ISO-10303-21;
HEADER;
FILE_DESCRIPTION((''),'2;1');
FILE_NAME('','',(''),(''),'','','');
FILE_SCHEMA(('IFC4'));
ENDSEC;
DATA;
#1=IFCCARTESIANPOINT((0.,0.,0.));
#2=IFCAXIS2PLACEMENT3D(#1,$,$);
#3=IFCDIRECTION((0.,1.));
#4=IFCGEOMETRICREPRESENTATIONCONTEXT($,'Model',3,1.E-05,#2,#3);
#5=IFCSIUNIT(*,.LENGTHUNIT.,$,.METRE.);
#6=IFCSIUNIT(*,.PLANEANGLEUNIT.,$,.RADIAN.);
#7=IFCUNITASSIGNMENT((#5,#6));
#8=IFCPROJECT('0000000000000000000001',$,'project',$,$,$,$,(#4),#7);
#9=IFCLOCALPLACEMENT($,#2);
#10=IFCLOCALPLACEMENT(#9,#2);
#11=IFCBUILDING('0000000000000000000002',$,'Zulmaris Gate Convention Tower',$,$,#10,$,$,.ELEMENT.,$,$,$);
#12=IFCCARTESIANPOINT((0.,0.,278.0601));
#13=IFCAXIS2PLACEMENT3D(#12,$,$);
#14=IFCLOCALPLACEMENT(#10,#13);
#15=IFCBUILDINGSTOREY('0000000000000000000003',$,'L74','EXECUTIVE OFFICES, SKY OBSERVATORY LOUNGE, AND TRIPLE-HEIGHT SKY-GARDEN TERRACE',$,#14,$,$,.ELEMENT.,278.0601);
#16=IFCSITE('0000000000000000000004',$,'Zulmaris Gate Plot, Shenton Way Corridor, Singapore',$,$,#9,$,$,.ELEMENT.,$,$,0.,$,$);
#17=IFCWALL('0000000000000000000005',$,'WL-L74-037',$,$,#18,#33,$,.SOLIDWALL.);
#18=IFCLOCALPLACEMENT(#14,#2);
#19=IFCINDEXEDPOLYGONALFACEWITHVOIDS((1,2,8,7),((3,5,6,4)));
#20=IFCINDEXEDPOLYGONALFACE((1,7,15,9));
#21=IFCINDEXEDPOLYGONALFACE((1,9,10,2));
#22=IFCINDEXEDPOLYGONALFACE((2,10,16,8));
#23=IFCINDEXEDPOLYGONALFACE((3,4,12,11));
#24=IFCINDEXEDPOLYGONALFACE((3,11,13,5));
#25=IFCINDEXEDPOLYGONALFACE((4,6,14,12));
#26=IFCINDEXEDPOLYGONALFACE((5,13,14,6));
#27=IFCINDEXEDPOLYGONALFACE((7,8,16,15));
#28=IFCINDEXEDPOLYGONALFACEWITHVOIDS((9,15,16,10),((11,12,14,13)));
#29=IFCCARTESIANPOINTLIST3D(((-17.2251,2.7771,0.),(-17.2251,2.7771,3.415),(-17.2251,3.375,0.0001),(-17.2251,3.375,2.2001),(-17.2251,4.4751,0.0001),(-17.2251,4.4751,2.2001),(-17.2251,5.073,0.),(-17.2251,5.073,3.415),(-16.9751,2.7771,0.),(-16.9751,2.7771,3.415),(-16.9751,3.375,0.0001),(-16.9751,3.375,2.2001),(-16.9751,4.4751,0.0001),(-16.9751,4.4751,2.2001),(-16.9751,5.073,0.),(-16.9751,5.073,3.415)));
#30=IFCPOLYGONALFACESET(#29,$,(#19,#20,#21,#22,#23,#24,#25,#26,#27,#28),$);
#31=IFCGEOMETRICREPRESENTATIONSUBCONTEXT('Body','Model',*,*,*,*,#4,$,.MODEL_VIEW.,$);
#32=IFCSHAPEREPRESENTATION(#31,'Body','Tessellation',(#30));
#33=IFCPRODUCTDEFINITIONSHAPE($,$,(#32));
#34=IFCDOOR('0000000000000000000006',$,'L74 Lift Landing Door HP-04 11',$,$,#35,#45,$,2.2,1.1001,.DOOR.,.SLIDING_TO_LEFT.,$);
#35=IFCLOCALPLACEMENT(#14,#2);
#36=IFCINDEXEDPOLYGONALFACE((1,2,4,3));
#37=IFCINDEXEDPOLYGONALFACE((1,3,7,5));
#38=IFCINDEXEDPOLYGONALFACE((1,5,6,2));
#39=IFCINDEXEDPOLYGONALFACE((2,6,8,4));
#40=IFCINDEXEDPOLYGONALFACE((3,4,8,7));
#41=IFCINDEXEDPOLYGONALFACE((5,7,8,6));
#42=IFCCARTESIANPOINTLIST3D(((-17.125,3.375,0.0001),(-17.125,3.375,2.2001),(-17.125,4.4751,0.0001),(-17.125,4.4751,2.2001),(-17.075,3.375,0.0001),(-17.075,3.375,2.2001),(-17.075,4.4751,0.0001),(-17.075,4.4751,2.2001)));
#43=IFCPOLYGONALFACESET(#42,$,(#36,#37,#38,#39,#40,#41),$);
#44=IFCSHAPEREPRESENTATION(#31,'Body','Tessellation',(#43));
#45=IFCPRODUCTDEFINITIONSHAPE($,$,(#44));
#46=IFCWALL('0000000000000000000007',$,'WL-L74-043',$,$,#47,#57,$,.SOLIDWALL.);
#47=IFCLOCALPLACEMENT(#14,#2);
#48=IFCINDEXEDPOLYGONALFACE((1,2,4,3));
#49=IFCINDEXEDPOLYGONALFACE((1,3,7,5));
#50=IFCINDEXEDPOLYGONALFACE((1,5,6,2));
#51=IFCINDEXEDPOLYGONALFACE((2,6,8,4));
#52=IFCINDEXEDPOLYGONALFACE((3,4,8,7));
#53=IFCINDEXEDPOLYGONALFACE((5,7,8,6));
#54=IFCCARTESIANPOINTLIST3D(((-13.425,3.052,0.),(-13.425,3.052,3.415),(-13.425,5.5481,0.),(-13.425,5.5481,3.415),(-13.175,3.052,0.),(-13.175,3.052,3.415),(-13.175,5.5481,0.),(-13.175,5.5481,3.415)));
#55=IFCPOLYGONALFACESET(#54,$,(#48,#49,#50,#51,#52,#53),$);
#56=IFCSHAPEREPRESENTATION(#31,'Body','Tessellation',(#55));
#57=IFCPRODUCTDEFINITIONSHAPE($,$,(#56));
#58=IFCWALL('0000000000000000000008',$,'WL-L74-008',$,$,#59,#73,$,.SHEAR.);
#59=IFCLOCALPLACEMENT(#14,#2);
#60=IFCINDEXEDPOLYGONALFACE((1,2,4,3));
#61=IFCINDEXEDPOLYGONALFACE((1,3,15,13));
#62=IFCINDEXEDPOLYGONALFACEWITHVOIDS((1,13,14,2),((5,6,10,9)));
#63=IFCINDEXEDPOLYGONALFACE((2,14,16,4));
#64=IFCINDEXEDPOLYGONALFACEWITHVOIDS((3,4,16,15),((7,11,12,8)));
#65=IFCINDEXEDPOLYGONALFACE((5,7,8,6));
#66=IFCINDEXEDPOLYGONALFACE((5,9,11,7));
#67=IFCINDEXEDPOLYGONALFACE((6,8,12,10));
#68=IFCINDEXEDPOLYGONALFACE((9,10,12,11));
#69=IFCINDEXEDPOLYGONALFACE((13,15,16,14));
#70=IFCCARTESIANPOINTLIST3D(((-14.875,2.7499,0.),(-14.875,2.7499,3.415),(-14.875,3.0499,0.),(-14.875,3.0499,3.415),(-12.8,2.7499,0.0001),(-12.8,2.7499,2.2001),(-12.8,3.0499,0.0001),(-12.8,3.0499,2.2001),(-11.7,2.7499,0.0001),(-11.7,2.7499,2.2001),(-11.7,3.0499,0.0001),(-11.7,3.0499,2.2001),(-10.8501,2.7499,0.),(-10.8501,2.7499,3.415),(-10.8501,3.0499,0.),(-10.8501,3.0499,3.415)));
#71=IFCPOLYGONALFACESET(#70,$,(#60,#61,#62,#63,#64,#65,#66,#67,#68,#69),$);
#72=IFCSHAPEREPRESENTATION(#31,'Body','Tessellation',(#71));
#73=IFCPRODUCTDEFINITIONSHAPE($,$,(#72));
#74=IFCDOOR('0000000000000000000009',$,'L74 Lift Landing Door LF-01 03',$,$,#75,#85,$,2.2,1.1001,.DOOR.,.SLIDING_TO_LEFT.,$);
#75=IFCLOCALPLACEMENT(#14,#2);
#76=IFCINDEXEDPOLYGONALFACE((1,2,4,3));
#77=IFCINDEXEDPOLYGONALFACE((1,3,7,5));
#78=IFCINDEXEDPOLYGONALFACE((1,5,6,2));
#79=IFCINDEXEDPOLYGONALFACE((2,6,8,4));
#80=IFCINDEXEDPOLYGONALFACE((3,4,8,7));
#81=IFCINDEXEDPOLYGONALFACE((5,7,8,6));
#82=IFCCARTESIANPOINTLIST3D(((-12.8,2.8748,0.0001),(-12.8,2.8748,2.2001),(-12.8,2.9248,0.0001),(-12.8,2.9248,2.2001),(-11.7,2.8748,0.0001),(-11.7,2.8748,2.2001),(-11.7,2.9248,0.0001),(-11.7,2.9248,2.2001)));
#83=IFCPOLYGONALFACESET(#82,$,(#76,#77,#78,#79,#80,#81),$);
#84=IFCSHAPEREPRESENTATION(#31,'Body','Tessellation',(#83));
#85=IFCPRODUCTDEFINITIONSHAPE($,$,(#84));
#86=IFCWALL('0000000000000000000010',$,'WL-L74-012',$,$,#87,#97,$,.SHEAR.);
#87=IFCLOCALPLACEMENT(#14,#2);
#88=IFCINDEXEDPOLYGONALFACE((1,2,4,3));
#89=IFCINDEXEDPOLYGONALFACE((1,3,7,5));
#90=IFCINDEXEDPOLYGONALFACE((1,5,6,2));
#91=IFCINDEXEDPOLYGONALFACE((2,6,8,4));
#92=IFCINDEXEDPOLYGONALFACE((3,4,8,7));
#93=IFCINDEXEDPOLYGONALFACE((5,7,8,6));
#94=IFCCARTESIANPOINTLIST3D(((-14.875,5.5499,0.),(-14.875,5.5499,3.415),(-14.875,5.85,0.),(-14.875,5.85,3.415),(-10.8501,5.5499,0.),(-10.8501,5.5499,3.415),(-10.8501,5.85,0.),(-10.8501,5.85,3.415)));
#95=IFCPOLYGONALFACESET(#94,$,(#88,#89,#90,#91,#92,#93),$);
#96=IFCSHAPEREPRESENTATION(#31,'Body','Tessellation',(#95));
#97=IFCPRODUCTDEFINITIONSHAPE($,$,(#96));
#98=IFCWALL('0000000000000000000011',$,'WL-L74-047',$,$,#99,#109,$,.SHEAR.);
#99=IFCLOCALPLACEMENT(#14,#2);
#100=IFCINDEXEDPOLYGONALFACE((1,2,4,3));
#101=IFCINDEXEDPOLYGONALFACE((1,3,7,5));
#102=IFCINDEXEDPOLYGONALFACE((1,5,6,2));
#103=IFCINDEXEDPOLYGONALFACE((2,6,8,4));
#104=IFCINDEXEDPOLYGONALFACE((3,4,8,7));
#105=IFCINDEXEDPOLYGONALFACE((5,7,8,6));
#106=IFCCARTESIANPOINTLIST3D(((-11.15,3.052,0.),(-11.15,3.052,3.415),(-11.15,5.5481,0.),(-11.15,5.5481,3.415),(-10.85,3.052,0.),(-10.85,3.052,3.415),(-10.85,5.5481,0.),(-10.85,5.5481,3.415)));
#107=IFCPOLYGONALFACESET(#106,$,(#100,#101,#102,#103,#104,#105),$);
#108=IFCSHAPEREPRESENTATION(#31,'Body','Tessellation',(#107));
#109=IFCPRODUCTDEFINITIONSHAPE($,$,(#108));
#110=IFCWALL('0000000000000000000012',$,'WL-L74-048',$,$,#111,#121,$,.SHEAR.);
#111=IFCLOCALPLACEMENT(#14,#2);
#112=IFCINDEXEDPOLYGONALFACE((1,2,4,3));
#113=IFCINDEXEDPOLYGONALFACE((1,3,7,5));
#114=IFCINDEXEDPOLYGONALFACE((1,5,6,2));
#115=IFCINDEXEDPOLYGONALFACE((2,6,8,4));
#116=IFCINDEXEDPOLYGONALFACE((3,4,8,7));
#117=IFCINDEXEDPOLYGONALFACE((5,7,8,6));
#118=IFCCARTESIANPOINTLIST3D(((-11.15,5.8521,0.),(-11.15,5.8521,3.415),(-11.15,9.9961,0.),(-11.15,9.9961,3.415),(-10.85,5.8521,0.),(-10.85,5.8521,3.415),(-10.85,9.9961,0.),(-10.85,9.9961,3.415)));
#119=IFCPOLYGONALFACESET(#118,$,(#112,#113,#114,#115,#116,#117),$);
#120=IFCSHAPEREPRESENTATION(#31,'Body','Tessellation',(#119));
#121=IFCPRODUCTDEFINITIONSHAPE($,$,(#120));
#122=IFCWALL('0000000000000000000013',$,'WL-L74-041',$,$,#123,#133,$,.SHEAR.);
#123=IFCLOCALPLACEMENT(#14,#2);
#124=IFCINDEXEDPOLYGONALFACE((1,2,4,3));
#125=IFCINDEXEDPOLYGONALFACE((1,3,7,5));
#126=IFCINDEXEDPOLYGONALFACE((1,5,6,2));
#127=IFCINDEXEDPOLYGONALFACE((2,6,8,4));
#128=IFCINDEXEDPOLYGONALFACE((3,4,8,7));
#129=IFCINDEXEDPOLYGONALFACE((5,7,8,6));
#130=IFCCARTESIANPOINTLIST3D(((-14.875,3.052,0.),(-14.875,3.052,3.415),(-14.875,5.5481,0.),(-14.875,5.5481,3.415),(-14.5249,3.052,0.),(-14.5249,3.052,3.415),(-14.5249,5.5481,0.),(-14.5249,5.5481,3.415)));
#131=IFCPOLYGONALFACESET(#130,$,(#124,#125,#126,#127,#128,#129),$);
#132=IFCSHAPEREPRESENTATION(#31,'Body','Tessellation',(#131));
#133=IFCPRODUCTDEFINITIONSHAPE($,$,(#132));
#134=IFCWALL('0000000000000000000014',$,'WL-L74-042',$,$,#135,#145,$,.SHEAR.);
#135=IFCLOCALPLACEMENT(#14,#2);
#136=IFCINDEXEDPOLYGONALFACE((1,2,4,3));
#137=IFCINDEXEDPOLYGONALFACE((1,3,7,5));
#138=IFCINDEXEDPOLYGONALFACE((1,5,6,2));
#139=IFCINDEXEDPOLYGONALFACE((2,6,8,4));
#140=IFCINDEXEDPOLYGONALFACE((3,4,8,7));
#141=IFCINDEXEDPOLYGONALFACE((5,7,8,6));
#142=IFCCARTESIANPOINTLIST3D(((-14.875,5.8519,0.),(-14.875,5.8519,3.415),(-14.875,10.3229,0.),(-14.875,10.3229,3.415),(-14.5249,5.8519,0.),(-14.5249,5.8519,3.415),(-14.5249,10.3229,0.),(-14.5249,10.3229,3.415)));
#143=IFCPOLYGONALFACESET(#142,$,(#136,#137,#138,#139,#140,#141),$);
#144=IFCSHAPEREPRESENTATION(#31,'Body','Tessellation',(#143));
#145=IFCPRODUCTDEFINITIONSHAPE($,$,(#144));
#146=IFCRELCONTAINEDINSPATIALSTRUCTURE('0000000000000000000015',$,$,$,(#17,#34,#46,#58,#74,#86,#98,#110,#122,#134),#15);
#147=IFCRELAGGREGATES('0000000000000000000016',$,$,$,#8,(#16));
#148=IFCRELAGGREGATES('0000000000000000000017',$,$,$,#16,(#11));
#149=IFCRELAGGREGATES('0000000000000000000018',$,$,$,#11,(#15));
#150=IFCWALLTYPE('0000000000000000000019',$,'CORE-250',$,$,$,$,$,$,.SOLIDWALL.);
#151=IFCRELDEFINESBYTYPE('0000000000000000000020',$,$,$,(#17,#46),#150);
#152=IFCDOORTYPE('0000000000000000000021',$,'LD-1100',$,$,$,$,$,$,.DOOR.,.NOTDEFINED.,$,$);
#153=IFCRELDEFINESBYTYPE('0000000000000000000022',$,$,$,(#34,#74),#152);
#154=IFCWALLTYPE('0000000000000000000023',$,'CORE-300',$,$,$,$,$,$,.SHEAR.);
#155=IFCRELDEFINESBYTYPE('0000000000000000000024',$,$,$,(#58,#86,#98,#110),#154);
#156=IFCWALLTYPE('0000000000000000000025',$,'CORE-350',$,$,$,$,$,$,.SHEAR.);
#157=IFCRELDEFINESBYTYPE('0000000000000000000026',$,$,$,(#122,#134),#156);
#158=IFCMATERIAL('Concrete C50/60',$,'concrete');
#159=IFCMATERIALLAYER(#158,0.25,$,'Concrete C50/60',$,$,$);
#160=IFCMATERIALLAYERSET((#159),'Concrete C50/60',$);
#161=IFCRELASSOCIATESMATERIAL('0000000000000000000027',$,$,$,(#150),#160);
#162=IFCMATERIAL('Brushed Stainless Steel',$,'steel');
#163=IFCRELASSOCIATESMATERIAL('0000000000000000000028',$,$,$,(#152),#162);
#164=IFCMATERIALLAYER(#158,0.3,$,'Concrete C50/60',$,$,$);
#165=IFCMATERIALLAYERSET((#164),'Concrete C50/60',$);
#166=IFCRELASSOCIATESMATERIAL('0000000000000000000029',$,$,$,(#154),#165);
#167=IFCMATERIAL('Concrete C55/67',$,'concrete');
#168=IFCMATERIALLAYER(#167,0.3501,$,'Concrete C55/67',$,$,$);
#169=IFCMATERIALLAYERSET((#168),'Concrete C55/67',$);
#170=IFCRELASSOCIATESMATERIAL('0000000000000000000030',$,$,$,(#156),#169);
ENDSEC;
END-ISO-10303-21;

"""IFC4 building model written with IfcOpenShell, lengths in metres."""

from ifc_helpers import new_model, si_unit, direction, frame, frame_2d, origin, place, context, subcontext, project, spatial, rectangle, extrude, material, layer, layer_set, type_object, element, fill, save


model = new_model("IFC4")

# Units and contexts
model_context = context("Model", 3, precision=1e-05, world=origin(), true_north=direction((0.0, 1.0)))
body_context = subcontext(model_context, "Body", "Model", "MODEL_VIEW")
ifc_project = project(units=[si_unit("LENGTHUNIT", "METRE"), si_unit("PLANEANGLEUNIT", "RADIAN")], contexts=[model_context])

# Site, building, storey
site_placement = place(None, origin())
site = spatial("IfcSite", under=ifc_project, at=site_placement, Name="Zulmaris Gate Plot, Shenton Way Corridor, Singapore", CompositionType="ELEMENT", RefElevation=0.0)
building_placement = place(site_placement, origin())
building = spatial("IfcBuilding", under=site, at=building_placement, Name="Zulmaris Gate Convention Tower", CompositionType="ELEMENT")
storey_placement = place(building_placement, frame((0.0, 0.0, 278.0601)))
storey = spatial("IfcBuildingStorey", under=building, at=storey_placement, Name="L74", Description="EXECUTIVE OFFICES, SKY OBSERVATORY LOUNGE, AND TRIPLE-HEIGHT SKY-GARDEN TERRACE", CompositionType="ELEMENT", Elevation=278.0601)

# Wall, opening, door
ifc_material_1 = material(Name="Concrete C50/60", Category="concrete")
ifc_layer_1 = layer(ifc_material_1, 0.25, Name="Concrete C50/60")
ifc_layer_set_1 = layer_set([ifc_layer_1], Name="Concrete C50/60")
wall_type_1 = type_object("IfcWallType", Name="CORE-250", PredefinedType="SOLIDWALL", material=ifc_layer_set_1)
wall_1_placement = place(storey_placement, frame((-17.1001, 2.7771, 0.0), z_axis=(0.0, 0.0, 1.0), x_axis=(0.0, 1.0, 0.0)))
wall_1 = element("IfcWall", 1, at=wall_1_placement, inside=storey, type_object=wall_type_1, Name="WL-L74-037", PredefinedType="SOLIDWALL", context=body_context, shape_type="SweptSolid", body=[
    extrude(rectangle(XDim=2.2959, YDim=0.25, at=frame_2d((1.1479, 0.0))), origin(), (0.0, 0.0, 1.0), 3.415),
])
opening_1_placement = place(wall_1_placement, frame((0.5979, 0.0, 0.0)))
opening_1 = element("IfcOpeningElement", 2, at=opening_1_placement, cuts=wall_1, PredefinedType="OPENING", context=body_context, shape_type="SweptSolid", body=[
    extrude(rectangle(XDim=1.1001, YDim=2.2, at=frame_2d((0.55, 1.1001))), frame((0.0, 0.135, 0.0), z_axis=(0.0, -1.0, 0.0), x_axis=(1.0, 0.0, 0.0)), (0.0, 0.0, 1.0), 0.27),
])
ifc_material_2 = material(Name="Brushed Stainless Steel", Category="steel")
door_type_1 = type_object("IfcDoorType", Name="LD-1100", OperationType="NOTDEFINED", PredefinedType="DOOR", material=ifc_material_2)
door_1_placement = place(opening_1_placement, origin())
door_1 = element("IfcDoor", 3, at=door_1_placement, inside=storey, type_object=door_type_1, Name="L74 Lift Landing Door HP-04 11", OperationType="SLIDING_TO_LEFT", OverallHeight=2.2, OverallWidth=1.1001, PredefinedType="DOOR", context=body_context, shape_type="SweptSolid", body=[
    extrude(rectangle(XDim=1.1001, YDim=2.2, at=frame_2d((0.55, 1.1001))), frame((0.0, 0.0249, 0.0), z_axis=(0.0, -1.0, 0.0), x_axis=(1.0, 0.0, 0.0)), (0.0, 0.0, 1.0), 0.05),
])
fill(opening_1, door_1)

# Wall
wall_2_placement = place(storey_placement, frame((-13.3, 3.052, 0.0), z_axis=(0.0, 0.0, 1.0), x_axis=(0.0, 1.0, 0.0)))
element("IfcWall", 4, at=wall_2_placement, inside=storey, type_object=wall_type_1, Name="WL-L74-043", PredefinedType="SOLIDWALL", context=body_context, shape_type="SweptSolid", body=[
    extrude(rectangle(XDim=2.4961, YDim=0.25, at=frame_2d((1.248, 0.0))), origin(), (0.0, 0.0, 1.0), 3.415),
])

# Wall, opening, door
ifc_layer_2 = layer(ifc_material_1, 0.3, Name="Concrete C50/60")
ifc_layer_set_2 = layer_set([ifc_layer_2], Name="Concrete C50/60")
wall_type_2 = type_object("IfcWallType", Name="CORE-300", PredefinedType="SHEAR", material=ifc_layer_set_2)
wall_3_placement = place(storey_placement, frame((-14.875, 2.8999, 0.0), z_axis=(0.0, 0.0, 1.0), x_axis=(1.0, 0.0, 0.0)))
wall_3 = element("IfcWall", 5, at=wall_3_placement, inside=storey, type_object=wall_type_2, Name="WL-L74-008", PredefinedType="SHEAR", context=body_context, shape_type="SweptSolid", body=[
    extrude(rectangle(XDim=4.0249, YDim=0.3, at=frame_2d((2.0125, 0.0))), origin(), (0.0, 0.0, 1.0), 3.415),
])
opening_2_placement = place(wall_3_placement, frame((2.075, 0.0, 0.0)))
opening_2 = element("IfcOpeningElement", 6, at=opening_2_placement, cuts=wall_3, PredefinedType="OPENING", context=body_context, shape_type="SweptSolid", body=[
    extrude(rectangle(XDim=1.1001, YDim=2.2, at=frame_2d((0.55, 1.1001))), frame((0.0, 0.1602, 0.0), z_axis=(0.0, -1.0, 0.0), x_axis=(1.0, 0.0, 0.0)), (0.0, 0.0, 1.0), 0.3201),
])
door_2_placement = place(opening_2_placement, origin())
door_2 = element("IfcDoor", 7, at=door_2_placement, inside=storey, type_object=door_type_1, Name="L74 Lift Landing Door LF-01 03", OperationType="SLIDING_TO_LEFT", OverallHeight=2.2, OverallWidth=1.1001, PredefinedType="DOOR", context=body_context, shape_type="SweptSolid", body=[
    extrude(rectangle(XDim=1.1001, YDim=2.2, at=frame_2d((0.55, 1.1001))), frame((0.0, 0.0249, 0.0), z_axis=(0.0, -1.0, 0.0), x_axis=(1.0, 0.0, 0.0)), (0.0, 0.0, 1.0), 0.05),
])
fill(opening_2, door_2)

# Wall
wall_4_placement = place(storey_placement, frame((-14.875, 5.7, 0.0), z_axis=(0.0, 0.0, 1.0), x_axis=(1.0, 0.0, 0.0)))
element("IfcWall", 8, at=wall_4_placement, inside=storey, type_object=wall_type_2, Name="WL-L74-012", PredefinedType="SHEAR", context=body_context, shape_type="SweptSolid", body=[
    extrude(rectangle(XDim=4.0249, YDim=0.3, at=frame_2d((2.0125, 0.0))), origin(), (0.0, 0.0, 1.0), 3.415),
])

# Walls
wall_5_placement = place(storey_placement, frame((-11.0, 3.052, 0.0), z_axis=(0.0, 0.0, 1.0), x_axis=(0.0, 1.0, 0.0)))
element("IfcWall", 9, at=wall_5_placement, inside=storey, type_object=wall_type_2, Name="WL-L74-047", PredefinedType="SHEAR", context=body_context, shape_type="SweptSolid", body=[
    extrude(rectangle(XDim=2.4961, YDim=0.3, at=frame_2d((1.248, 0.0))), origin(), (0.0, 0.0, 1.0), 3.415),
])
wall_6_placement = place(storey_placement, frame((-11.0, 5.8521, 0.0), z_axis=(0.0, 0.0, 1.0), x_axis=(0.0, 1.0, 0.0)))
element("IfcWall", 10, at=wall_6_placement, inside=storey, type_object=wall_type_2, Name="WL-L74-048", PredefinedType="SHEAR", context=body_context, shape_type="SweptSolid", body=[
    extrude(rectangle(XDim=4.144, YDim=0.3, at=frame_2d((2.072, 0.0))), origin(), (0.0, 0.0, 1.0), 3.415),
])
ifc_material_3 = material(Name="Concrete C55/67", Category="concrete")
ifc_layer_3 = layer(ifc_material_3, 0.3501, Name="Concrete C55/67")
ifc_layer_set_3 = layer_set([ifc_layer_3], Name="Concrete C55/67")
wall_type_3 = type_object("IfcWallType", Name="CORE-350", PredefinedType="SHEAR", material=ifc_layer_set_3)
wall_7_placement = place(storey_placement, frame((-14.7, 3.052, 0.0), z_axis=(0.0, 0.0, 1.0), x_axis=(0.0, 1.0, 0.0)))
element("IfcWall", 11, at=wall_7_placement, inside=storey, type_object=wall_type_3, Name="WL-L74-041", PredefinedType="SHEAR", context=body_context, shape_type="SweptSolid", body=[
    extrude(rectangle(XDim=2.4961, YDim=0.3501, at=frame_2d((1.248, 0.0))), origin(), (0.0, 0.0, 1.0), 3.415),
])
wall_8_placement = place(storey_placement, frame((-14.7, 5.8521, 0.0), z_axis=(0.0, 0.0, 1.0), x_axis=(0.0, 1.0, 0.0)))
element("IfcWall", 12, at=wall_8_placement, inside=storey, type_object=wall_type_3, Name="WL-L74-042", PredefinedType="SHEAR", context=body_context, shape_type="SweptSolid", body=[
    extrude(rectangle(XDim=4.4709, YDim=0.3501, at=frame_2d((2.2354, 0.0))), origin(), (0.0, 0.0, 1.0), 3.415),
])

save(model, "model.ifc")
